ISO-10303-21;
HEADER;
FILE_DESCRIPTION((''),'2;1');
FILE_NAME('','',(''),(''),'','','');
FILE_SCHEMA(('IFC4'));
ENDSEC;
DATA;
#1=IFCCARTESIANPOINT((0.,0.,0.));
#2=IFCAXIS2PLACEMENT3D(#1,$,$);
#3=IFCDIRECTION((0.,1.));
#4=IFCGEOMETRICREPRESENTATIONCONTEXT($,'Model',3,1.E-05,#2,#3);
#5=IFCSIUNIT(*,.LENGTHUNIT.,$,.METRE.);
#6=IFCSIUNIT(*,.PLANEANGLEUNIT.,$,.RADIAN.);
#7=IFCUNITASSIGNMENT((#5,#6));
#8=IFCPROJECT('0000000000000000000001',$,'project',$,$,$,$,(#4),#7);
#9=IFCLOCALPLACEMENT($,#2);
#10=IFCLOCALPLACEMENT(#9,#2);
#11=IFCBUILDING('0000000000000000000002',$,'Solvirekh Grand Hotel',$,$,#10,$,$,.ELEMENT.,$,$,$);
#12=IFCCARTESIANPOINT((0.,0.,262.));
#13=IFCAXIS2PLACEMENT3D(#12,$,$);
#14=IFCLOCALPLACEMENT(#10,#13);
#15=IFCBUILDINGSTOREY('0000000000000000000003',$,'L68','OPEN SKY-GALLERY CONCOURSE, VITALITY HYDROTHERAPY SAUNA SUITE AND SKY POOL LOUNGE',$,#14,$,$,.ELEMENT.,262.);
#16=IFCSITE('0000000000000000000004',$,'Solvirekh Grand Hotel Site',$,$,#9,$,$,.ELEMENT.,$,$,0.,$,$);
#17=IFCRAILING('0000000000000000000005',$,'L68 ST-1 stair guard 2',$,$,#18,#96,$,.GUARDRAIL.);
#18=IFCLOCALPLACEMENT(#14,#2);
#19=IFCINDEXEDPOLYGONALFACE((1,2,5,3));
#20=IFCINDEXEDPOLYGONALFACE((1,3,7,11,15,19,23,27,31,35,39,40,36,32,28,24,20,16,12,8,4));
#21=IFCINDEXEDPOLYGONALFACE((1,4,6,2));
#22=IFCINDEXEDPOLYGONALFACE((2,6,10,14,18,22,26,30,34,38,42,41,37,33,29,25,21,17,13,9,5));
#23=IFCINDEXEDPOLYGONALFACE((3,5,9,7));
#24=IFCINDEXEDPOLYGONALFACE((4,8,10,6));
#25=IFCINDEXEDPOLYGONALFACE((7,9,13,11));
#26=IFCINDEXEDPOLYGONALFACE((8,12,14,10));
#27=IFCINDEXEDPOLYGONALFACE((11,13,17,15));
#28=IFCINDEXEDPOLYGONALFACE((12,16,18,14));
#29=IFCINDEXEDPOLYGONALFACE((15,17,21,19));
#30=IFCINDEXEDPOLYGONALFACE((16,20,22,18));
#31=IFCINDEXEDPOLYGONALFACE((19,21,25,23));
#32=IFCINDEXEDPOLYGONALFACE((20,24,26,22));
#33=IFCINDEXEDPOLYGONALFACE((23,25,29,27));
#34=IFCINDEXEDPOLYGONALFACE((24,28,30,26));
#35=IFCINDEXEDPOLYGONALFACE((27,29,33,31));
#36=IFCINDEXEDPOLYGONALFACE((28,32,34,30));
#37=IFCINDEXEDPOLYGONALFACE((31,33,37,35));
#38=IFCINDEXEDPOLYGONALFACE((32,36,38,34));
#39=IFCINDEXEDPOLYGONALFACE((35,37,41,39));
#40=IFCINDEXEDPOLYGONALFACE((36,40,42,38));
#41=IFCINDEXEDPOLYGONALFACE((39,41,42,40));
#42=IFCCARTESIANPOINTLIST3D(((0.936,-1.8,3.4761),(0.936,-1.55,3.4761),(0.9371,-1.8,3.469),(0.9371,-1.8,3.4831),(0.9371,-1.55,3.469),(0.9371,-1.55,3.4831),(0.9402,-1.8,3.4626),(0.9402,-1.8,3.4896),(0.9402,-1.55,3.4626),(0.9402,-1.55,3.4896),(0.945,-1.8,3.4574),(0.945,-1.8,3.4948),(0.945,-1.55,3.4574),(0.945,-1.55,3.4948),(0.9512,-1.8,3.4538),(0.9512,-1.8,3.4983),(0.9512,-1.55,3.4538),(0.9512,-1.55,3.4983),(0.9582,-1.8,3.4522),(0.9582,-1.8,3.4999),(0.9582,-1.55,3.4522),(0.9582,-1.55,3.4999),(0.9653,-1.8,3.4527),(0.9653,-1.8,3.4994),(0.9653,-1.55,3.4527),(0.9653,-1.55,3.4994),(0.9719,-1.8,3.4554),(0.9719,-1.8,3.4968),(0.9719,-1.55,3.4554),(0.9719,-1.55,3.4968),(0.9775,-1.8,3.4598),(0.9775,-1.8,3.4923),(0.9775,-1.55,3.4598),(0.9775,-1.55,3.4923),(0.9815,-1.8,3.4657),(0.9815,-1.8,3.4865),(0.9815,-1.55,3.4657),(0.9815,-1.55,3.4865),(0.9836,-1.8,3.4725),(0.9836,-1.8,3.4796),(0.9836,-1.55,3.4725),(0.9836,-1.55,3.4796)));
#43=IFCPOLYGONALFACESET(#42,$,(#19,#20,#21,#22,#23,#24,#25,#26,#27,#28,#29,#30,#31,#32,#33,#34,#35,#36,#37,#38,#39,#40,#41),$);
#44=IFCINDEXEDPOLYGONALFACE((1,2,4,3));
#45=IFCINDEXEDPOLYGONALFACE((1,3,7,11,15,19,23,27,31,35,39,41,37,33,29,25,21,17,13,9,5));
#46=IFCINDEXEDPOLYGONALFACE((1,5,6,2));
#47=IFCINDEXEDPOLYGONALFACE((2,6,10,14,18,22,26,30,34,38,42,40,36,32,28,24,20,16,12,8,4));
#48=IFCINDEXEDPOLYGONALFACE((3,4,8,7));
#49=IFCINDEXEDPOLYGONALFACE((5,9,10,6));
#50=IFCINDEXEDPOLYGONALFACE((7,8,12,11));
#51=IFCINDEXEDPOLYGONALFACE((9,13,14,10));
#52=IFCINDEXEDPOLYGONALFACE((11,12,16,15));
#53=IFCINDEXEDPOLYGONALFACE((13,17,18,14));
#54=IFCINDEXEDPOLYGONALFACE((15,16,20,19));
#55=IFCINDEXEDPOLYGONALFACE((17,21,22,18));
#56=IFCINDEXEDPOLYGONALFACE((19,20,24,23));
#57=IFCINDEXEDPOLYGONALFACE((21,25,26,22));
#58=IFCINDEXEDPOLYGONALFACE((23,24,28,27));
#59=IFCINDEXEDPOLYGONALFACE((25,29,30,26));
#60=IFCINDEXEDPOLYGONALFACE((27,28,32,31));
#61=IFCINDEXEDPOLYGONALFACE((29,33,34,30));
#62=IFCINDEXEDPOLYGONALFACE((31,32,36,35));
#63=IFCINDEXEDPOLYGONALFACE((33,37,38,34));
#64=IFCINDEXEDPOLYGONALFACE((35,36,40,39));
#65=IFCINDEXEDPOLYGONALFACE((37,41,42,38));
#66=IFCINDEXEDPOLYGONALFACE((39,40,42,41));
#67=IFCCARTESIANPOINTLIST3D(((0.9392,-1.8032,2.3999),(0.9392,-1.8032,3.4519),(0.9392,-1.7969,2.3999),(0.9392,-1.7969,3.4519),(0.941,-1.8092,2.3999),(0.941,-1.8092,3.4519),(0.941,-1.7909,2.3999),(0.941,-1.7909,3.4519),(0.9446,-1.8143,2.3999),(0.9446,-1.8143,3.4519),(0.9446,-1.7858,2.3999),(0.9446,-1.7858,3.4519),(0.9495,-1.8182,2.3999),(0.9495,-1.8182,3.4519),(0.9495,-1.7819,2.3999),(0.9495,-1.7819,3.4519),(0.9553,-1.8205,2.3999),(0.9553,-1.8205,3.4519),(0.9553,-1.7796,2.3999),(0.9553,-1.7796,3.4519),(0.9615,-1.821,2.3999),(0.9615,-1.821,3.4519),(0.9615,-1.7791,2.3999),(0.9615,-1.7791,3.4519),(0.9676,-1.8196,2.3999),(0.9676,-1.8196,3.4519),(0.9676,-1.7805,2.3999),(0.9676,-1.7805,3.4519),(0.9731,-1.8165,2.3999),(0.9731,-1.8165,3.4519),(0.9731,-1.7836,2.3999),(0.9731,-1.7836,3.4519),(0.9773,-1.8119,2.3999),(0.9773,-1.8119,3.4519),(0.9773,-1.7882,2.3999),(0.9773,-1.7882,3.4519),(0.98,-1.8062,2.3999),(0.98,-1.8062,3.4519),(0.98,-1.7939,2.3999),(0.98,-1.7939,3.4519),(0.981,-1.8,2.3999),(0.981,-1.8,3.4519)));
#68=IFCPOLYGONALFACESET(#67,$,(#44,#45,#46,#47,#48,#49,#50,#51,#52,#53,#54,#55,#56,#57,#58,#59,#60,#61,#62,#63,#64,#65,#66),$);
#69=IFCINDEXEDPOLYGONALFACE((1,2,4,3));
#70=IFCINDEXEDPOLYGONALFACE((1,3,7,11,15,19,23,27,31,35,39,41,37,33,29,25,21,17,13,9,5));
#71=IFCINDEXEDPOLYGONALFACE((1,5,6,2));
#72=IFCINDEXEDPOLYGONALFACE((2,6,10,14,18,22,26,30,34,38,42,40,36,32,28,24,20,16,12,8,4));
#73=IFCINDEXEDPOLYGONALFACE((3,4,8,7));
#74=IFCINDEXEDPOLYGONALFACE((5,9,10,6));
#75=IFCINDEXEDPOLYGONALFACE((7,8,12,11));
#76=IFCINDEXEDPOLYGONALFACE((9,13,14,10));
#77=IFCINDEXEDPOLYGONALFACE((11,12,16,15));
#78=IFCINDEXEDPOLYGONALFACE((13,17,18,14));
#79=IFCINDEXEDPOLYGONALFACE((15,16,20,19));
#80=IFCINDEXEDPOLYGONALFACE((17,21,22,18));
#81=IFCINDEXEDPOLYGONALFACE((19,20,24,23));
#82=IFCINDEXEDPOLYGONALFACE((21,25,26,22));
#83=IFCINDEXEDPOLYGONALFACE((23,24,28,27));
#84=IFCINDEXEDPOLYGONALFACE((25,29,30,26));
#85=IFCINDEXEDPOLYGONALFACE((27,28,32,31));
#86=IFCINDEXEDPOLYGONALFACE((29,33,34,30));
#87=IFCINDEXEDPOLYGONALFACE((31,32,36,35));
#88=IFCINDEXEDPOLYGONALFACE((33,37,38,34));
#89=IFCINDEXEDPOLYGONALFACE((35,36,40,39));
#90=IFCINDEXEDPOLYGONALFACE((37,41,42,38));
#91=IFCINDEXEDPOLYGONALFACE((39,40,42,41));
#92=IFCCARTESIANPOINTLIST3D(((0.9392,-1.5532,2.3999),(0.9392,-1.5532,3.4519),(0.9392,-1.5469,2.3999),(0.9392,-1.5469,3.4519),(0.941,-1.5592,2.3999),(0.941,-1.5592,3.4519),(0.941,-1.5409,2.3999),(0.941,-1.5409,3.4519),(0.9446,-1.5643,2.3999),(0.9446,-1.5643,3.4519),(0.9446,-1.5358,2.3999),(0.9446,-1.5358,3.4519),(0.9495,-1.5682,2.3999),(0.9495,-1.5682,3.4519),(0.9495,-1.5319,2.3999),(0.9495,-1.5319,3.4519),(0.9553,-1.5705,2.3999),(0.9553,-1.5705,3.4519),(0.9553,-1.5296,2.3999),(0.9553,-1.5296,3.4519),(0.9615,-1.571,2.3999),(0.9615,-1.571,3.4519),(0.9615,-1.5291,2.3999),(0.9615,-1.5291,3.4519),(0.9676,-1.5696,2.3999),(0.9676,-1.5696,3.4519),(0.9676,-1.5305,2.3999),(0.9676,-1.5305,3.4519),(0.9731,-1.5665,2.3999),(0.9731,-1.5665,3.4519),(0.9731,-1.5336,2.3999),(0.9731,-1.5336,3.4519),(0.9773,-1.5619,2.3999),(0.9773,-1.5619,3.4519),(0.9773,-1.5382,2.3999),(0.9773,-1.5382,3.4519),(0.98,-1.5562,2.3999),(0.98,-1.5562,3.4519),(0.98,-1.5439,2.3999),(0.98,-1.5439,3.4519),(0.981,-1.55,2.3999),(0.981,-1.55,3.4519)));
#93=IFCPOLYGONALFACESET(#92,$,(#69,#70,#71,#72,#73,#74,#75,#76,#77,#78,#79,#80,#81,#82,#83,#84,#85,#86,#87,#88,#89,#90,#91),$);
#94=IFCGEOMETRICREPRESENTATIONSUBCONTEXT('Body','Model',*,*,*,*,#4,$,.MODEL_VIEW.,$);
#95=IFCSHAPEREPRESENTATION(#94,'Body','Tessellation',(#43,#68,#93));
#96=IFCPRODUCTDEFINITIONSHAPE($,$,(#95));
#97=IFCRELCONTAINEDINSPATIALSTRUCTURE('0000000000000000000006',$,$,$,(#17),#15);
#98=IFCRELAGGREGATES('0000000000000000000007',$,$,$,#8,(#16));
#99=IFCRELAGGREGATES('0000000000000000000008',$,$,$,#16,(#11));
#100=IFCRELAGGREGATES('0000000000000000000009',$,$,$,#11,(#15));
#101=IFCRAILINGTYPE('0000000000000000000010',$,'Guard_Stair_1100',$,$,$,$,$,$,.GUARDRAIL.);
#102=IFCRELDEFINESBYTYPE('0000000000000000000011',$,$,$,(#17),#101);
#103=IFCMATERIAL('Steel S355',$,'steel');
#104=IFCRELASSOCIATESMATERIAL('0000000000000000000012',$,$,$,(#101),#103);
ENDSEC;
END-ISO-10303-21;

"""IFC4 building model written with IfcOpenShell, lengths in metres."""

from ifc_helpers import new_model, si_unit, direction, frame, origin, origin_2d, place, context, subcontext, project, spatial, circle, extrude, material, type_object, element, save


model = new_model("IFC4")

# Units and contexts
model_context = context("Model", 3, precision=1e-05, world=origin(), true_north=direction((0.0, 1.0)))
body_context = subcontext(model_context, "Body", "Model", "MODEL_VIEW")
ifc_project = project(units=[si_unit("LENGTHUNIT", "METRE"), si_unit("PLANEANGLEUNIT", "RADIAN")], contexts=[model_context])

# Site, building, storey
site_placement = place(None, origin())
site = spatial("IfcSite", under=ifc_project, at=site_placement, Name="Solvirekh Grand Hotel Site", CompositionType="ELEMENT", RefElevation=0.0)
building_placement = place(site_placement, origin())
building = spatial("IfcBuilding", under=site, at=building_placement, Name="Solvirekh Grand Hotel", CompositionType="ELEMENT")
storey_placement = place(building_placement, frame((0.0, 0.0, 262.0)))
storey = spatial("IfcBuildingStorey", under=building, at=storey_placement, Name="L68", Description="OPEN SKY-GALLERY CONCOURSE, VITALITY HYDROTHERAPY SAUNA SUITE AND SKY POOL LOUNGE", CompositionType="ELEMENT", Elevation=262.0)

# Railing
ifc_material_1 = material(Name="Steel S355", Category="steel")
railing_type_1 = type_object("IfcRailingType", Name="Guard_Stair_1100", PredefinedType="GUARDRAIL", material=ifc_material_1)
railing_1_placement = place(storey_placement, frame((0.96, -1.8, 2.3999)))
element("IfcRailing", 1, at=railing_1_placement, inside=storey, type_object=railing_type_1, Name="L68 ST-1 stair guard 2", PredefinedType="GUARDRAIL", context=body_context, shape_type="SweptSolid", body=[
    extrude(circle(Radius=0.0239, at=origin_2d()), frame((0.0, 0.0, 1.0762), z_axis=(0.0, 1.0, 0.0), x_axis=(-1.0, 0.0, 0.0)), (0.0, 0.0, 1.0), 0.25),
    extrude(circle(Radius=0.021, at=origin_2d()), origin(), (0.0, 0.0, 1.0), 1.052),
    extrude(circle(Radius=0.021, at=origin_2d()), frame((0.0, 0.25, 0.0)), (0.0, 0.0, 1.0), 1.052),
])

save(model, "model.ifc")
